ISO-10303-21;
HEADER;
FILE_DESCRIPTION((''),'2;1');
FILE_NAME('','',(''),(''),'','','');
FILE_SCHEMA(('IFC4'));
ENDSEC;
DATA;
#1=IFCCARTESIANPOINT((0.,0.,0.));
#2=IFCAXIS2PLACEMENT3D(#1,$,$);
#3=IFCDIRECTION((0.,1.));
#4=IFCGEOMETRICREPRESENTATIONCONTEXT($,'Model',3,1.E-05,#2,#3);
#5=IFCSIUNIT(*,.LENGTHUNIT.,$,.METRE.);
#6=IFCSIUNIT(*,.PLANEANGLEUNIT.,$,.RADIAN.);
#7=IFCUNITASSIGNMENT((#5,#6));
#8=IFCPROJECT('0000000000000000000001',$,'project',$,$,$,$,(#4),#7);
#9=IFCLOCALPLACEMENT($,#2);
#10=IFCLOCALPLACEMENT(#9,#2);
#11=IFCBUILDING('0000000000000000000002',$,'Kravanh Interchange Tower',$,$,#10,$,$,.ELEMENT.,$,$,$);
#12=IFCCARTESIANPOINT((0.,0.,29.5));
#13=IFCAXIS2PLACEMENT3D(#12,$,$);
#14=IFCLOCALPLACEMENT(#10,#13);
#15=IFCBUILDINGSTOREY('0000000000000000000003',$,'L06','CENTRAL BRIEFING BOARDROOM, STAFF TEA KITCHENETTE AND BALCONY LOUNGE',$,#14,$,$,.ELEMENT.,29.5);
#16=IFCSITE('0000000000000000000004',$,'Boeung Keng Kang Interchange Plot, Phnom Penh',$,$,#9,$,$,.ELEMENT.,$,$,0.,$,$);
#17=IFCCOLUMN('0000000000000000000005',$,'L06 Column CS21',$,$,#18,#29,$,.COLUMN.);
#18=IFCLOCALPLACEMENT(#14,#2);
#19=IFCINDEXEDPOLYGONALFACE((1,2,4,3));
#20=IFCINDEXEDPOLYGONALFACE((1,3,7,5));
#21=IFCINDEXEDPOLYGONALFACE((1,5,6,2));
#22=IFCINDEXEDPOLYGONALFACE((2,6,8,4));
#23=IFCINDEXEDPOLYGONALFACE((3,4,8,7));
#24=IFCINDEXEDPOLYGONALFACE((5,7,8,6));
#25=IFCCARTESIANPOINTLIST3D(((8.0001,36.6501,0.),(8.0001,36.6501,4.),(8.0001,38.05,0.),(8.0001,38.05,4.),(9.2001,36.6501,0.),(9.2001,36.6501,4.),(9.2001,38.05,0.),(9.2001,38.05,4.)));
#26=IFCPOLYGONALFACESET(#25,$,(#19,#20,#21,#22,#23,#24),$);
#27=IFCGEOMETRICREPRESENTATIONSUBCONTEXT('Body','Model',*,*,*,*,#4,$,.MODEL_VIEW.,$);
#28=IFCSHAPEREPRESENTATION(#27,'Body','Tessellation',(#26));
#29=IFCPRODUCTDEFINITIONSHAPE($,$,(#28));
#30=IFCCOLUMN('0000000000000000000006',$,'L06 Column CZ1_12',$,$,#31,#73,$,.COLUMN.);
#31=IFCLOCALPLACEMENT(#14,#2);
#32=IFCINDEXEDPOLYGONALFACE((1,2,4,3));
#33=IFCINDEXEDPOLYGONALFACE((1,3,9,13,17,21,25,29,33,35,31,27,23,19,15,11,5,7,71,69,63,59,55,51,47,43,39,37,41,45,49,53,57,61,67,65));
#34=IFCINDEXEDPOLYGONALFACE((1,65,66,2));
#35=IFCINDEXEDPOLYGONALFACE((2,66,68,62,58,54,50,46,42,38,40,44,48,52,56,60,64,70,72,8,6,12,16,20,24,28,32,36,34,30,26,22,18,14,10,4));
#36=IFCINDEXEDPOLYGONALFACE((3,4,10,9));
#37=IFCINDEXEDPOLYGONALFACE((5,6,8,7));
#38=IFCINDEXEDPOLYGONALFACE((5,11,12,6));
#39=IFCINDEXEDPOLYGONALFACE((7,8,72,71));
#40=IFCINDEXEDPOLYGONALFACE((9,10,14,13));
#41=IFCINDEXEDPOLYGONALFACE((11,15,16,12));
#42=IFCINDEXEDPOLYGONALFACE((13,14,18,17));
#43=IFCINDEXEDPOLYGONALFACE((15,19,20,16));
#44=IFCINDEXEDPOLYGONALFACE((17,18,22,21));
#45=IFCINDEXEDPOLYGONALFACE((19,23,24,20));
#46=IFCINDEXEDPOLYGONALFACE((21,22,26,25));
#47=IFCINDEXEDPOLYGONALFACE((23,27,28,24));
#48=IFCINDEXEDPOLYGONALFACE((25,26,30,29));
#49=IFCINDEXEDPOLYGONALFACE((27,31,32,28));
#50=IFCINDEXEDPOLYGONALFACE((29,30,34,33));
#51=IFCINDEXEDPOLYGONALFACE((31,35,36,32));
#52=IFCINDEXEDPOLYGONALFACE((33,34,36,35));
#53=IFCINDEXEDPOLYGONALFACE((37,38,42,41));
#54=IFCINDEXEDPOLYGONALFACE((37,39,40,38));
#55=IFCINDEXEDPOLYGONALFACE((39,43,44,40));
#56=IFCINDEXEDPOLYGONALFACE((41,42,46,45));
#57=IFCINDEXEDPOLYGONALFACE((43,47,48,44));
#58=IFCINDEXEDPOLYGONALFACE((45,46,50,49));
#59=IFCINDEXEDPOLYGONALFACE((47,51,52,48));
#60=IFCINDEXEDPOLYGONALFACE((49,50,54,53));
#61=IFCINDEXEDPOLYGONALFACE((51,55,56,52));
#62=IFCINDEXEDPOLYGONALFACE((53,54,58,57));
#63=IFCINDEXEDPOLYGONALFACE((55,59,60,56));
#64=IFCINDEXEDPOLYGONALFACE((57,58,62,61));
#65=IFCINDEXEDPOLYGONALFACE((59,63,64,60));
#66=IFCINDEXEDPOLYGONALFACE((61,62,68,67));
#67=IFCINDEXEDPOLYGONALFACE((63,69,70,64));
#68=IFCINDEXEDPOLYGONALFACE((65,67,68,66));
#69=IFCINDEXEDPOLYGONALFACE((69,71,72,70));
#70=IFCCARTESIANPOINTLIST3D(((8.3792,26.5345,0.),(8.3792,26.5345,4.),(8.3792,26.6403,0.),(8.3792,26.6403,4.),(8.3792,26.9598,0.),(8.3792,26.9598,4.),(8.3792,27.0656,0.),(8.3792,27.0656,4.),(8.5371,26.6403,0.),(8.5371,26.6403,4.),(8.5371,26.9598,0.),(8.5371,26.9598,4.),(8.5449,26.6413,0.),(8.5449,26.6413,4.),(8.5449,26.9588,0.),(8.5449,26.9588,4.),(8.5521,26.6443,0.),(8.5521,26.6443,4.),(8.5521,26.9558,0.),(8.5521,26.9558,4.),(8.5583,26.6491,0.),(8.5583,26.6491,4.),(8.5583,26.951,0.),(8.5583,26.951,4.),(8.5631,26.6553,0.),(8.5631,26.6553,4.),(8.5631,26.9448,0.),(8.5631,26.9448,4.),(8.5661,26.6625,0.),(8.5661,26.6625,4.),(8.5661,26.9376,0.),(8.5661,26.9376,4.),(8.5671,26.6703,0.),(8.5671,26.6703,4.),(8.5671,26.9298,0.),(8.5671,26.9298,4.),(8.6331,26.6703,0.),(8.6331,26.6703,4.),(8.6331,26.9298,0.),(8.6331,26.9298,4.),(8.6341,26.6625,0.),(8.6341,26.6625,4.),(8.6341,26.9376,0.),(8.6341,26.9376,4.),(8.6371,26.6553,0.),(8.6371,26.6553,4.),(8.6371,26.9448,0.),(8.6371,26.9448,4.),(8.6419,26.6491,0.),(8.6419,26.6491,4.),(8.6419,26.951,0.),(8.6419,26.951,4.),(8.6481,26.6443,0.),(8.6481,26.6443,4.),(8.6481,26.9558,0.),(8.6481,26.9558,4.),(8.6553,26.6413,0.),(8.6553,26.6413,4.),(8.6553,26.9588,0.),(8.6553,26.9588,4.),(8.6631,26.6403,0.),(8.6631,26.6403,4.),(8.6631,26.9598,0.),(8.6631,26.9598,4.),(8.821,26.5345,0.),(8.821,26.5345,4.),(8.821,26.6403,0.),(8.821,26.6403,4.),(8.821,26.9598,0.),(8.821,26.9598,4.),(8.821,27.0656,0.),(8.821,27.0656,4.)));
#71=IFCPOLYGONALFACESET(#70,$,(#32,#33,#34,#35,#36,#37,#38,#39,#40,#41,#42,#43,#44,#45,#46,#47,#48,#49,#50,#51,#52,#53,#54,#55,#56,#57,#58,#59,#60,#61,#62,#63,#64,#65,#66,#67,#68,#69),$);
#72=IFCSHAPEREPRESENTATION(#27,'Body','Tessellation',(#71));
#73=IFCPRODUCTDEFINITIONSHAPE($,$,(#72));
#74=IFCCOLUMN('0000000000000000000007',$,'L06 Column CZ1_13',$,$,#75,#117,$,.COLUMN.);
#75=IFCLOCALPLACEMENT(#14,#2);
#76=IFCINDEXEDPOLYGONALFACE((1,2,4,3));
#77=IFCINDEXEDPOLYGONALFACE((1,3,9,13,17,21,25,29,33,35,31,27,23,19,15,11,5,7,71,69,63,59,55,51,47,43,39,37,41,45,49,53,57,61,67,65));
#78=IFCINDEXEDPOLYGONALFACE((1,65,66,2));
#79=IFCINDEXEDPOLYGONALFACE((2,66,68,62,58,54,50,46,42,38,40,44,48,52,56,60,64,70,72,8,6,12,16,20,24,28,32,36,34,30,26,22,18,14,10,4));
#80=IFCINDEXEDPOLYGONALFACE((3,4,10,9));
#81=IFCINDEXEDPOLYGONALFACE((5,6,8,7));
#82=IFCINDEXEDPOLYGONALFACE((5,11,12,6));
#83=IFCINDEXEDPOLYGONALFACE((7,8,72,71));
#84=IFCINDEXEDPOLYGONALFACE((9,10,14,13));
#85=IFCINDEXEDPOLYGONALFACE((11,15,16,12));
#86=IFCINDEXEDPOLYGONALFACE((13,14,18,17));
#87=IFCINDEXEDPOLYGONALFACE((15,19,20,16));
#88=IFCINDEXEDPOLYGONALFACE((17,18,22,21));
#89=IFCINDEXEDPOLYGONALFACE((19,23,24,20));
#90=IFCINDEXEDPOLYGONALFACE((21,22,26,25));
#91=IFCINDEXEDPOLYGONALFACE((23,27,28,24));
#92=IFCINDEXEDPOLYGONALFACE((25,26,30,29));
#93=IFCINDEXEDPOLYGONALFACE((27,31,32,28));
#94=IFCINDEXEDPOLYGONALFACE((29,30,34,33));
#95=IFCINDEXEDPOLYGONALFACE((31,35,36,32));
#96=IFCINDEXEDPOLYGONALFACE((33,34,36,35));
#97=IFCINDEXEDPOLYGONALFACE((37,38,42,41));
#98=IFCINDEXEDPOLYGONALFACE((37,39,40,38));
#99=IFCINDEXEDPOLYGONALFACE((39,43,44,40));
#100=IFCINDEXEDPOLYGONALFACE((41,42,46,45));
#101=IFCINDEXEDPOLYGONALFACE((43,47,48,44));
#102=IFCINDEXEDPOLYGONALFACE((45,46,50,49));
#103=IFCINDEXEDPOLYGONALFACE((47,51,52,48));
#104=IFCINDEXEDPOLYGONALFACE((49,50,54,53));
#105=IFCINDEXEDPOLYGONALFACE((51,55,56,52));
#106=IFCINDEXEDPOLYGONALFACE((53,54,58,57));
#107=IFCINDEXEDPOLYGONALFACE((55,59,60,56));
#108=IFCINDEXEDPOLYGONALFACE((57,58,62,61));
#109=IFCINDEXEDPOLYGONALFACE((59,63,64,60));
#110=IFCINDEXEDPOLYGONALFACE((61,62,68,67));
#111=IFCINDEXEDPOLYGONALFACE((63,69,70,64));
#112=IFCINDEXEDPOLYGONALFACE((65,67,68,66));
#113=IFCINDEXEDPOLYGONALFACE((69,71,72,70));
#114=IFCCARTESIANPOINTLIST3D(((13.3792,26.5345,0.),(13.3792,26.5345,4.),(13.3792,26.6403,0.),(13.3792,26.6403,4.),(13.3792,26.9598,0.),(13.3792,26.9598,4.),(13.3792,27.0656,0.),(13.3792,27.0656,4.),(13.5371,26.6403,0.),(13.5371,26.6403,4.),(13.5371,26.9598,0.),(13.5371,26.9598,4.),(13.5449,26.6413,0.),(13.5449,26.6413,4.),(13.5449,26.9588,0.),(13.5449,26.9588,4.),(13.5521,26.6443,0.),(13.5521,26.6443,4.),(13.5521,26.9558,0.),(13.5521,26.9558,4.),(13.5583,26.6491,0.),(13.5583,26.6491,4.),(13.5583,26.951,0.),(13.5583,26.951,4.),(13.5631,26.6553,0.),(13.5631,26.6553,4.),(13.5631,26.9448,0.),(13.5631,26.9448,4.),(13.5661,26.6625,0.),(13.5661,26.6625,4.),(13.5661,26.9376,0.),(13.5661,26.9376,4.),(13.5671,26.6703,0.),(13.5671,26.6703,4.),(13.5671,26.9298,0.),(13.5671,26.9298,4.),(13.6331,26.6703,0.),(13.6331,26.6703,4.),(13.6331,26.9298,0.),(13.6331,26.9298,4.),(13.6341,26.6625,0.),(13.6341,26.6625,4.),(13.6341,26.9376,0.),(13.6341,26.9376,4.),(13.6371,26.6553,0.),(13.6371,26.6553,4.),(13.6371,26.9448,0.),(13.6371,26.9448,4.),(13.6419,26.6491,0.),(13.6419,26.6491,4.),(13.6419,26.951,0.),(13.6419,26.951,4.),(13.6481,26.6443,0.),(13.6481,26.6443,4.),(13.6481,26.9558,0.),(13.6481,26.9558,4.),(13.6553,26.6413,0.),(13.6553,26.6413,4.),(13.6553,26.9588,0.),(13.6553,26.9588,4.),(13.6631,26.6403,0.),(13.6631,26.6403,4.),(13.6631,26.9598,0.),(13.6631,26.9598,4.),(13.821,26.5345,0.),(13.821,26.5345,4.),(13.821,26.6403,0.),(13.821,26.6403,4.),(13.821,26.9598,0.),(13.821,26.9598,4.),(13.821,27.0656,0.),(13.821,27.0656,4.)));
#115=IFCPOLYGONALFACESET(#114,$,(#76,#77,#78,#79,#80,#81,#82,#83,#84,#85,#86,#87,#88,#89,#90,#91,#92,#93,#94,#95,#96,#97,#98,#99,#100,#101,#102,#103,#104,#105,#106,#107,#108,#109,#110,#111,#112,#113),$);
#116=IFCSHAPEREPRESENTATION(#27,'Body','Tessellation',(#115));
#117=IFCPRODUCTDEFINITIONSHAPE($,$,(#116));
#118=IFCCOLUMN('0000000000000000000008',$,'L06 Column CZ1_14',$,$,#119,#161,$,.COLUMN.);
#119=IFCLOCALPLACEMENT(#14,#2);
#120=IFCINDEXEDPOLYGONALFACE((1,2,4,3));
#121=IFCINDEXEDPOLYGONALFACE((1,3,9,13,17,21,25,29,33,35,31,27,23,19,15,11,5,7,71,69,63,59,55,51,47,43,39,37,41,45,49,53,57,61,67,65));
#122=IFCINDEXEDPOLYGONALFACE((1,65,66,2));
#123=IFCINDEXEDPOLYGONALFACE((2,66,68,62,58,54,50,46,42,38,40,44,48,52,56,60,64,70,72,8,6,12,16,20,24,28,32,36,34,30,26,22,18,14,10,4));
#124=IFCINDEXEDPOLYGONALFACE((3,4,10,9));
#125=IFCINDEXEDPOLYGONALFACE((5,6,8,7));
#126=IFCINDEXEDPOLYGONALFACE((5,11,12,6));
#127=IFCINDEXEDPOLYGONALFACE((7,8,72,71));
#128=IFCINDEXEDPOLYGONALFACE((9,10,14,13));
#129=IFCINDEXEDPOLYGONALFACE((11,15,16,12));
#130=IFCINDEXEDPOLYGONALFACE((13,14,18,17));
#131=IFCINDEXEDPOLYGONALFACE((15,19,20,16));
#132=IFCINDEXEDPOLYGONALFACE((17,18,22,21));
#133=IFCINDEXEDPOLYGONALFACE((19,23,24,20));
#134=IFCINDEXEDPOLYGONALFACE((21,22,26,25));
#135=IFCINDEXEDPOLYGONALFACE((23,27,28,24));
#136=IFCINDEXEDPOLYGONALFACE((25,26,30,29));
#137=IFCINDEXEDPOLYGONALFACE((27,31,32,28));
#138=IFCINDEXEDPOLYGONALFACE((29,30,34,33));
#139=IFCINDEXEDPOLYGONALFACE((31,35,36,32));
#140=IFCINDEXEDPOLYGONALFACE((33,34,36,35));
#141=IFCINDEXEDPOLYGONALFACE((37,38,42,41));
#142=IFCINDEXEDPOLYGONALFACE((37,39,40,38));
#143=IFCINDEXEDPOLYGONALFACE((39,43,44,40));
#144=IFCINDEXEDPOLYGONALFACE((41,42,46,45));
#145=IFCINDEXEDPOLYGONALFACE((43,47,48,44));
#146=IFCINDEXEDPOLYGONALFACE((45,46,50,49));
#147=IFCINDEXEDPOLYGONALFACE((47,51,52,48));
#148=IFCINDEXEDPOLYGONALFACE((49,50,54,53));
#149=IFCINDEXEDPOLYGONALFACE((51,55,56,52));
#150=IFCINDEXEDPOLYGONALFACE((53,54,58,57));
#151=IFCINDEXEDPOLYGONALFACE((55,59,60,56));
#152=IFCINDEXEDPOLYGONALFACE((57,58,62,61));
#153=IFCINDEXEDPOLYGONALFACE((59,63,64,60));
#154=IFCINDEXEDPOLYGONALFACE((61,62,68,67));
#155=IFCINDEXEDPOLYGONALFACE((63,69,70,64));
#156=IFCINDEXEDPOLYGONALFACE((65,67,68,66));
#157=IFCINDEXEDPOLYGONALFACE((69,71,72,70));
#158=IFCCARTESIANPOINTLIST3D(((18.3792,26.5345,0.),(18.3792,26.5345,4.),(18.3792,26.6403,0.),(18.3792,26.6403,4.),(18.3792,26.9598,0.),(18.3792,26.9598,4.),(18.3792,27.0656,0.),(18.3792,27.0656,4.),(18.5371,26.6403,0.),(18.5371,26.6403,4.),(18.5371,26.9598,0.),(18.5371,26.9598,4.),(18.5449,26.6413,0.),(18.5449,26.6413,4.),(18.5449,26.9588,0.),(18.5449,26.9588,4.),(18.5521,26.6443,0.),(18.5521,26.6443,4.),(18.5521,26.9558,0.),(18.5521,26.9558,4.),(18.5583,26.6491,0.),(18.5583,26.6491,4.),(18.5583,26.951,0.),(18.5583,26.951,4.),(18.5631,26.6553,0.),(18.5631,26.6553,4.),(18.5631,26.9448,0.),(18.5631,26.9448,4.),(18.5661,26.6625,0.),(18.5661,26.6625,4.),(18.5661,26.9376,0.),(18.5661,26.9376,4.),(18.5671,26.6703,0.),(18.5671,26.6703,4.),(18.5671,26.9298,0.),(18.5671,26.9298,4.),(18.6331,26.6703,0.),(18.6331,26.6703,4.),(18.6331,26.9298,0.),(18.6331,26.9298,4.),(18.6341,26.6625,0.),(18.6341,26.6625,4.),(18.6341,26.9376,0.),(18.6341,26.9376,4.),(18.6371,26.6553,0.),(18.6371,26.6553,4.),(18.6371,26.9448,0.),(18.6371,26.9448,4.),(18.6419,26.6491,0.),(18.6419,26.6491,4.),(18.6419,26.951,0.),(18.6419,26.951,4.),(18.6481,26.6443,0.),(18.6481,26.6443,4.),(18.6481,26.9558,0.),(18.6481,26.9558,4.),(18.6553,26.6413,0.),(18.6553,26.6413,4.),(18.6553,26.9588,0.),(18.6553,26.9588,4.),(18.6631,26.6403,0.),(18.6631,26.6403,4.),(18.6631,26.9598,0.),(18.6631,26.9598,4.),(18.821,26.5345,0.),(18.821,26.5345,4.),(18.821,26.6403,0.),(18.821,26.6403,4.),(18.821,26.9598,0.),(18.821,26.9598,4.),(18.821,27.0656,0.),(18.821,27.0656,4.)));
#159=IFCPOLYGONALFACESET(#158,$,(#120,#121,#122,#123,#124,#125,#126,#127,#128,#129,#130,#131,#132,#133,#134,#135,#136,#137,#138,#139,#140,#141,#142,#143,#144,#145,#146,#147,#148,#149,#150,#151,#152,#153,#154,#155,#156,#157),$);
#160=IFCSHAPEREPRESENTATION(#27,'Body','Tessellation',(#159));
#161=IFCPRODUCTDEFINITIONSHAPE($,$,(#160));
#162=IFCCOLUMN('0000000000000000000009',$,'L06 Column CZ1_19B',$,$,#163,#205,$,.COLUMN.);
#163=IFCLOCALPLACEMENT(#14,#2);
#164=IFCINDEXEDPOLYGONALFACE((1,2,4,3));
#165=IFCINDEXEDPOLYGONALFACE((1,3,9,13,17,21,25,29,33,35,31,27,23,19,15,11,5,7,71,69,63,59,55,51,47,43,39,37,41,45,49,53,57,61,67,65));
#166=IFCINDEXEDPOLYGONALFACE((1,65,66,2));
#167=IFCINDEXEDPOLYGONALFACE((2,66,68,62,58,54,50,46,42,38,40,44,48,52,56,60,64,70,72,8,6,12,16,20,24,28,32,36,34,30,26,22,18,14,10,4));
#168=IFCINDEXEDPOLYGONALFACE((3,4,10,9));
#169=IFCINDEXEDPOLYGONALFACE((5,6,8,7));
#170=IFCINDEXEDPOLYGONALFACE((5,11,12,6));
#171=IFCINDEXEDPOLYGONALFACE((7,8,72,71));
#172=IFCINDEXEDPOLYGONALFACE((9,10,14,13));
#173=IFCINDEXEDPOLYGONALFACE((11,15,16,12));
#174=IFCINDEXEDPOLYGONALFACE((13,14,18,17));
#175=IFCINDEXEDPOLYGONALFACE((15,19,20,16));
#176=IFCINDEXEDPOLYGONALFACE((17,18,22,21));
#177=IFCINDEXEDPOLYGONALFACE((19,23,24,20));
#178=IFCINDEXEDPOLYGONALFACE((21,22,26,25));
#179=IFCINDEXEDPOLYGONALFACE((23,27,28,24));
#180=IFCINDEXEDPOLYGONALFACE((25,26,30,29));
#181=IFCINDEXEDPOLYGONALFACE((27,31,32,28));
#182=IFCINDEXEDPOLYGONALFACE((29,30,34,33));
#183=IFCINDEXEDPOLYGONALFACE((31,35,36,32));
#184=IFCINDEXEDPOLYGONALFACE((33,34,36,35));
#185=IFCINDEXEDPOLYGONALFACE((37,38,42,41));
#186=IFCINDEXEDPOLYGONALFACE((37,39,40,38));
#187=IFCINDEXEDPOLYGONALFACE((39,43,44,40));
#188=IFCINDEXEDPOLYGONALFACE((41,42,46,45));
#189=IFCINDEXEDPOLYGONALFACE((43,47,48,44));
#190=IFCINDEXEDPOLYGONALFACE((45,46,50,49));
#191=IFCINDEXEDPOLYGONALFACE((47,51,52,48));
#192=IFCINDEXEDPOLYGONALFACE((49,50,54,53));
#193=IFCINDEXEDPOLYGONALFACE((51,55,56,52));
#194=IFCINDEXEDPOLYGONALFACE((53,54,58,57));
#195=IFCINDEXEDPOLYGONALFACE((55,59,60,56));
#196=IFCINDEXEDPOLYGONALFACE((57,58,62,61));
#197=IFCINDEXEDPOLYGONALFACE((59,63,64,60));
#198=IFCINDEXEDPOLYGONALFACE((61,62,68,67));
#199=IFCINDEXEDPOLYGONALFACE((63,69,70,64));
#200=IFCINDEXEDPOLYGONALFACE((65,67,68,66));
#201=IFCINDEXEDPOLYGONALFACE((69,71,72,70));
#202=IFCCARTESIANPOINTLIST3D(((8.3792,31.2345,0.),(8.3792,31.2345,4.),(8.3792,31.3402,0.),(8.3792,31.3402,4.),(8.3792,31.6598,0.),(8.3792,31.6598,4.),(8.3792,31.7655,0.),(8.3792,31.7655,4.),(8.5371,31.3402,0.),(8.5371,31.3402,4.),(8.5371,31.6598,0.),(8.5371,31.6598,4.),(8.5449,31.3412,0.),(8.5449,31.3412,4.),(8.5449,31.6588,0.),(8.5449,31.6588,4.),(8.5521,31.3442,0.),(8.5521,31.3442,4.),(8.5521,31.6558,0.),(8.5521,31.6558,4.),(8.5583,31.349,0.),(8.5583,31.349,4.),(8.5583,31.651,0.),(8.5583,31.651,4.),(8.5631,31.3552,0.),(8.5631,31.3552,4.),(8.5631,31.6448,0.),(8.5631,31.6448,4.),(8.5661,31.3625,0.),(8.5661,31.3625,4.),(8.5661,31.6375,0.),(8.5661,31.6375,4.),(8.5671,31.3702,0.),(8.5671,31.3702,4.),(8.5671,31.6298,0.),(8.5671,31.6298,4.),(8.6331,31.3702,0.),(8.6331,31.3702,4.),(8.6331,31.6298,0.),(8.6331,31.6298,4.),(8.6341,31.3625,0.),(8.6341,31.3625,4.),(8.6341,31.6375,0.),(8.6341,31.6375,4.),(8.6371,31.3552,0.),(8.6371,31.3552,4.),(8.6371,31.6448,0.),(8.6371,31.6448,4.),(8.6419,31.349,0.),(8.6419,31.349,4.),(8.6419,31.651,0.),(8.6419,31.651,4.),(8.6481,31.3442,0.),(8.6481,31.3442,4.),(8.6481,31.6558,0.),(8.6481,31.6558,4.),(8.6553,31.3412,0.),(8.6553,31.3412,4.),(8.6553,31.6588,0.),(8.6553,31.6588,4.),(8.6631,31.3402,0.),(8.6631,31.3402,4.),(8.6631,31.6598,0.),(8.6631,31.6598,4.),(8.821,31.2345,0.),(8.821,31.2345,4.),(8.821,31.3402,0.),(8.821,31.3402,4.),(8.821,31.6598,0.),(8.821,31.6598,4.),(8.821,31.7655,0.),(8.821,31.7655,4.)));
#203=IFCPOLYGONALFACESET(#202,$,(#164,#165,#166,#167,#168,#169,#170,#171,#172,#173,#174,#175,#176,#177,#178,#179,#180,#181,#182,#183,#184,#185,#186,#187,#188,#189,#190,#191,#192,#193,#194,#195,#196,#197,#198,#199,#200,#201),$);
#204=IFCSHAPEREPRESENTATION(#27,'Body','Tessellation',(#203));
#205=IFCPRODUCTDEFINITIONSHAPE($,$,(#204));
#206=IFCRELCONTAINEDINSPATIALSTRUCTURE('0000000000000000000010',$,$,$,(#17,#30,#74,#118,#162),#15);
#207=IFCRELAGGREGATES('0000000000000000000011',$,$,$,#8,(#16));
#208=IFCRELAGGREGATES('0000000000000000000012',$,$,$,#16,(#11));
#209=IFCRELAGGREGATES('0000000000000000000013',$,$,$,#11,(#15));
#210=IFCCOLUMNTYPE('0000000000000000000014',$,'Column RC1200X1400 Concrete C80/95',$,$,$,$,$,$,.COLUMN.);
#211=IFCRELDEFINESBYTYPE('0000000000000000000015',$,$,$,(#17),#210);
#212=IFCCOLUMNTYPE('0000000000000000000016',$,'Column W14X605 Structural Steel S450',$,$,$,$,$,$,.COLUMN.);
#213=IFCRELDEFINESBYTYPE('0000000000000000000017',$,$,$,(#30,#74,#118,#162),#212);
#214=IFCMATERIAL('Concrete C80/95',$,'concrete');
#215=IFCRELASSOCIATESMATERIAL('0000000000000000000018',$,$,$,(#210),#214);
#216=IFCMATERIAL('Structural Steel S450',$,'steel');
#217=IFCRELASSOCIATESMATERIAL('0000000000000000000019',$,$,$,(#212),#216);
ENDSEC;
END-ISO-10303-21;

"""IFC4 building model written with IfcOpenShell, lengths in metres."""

from ifc_helpers import new_model, si_unit, direction, frame, origin, origin_2d, place, context, subcontext, project, spatial, rectangle, i_section, extrude, material, material_profile, profile_set, type_object, element, save


model = new_model("IFC4")

# Units and contexts
model_context = context("Model", 3, precision=1e-05, world=origin(), true_north=direction((0.0, 1.0)))
body_context = subcontext(model_context, "Body", "Model", "MODEL_VIEW")
ifc_project = project(units=[si_unit("LENGTHUNIT", "METRE"), si_unit("PLANEANGLEUNIT", "RADIAN")], contexts=[model_context])

# Site, building, storey
site_placement = place(None, origin())
site = spatial("IfcSite", under=ifc_project, at=site_placement, Name="Boeung Keng Kang Interchange Plot, Phnom Penh", CompositionType="ELEMENT", RefElevation=0.0)
building_placement = place(site_placement, origin())
building = spatial("IfcBuilding", under=site, at=building_placement, Name="Kravanh Interchange Tower", CompositionType="ELEMENT")
storey_placement = place(building_placement, frame((0.0, 0.0, 29.5)))
storey = spatial("IfcBuildingStorey", under=building, at=storey_placement, Name="L06", Description="CENTRAL BRIEFING BOARDROOM, STAFF TEA KITCHENETTE AND BALCONY LOUNGE", CompositionType="ELEMENT", Elevation=29.5)

# Columns
ifc_material_1 = material(Name="Concrete C80/95", Category="concrete")
ifc_material_profile_1 = material_profile(ifc_material_1, rectangle(XDim=1.2, YDim=1.3999, at=origin_2d()), Name="RC1200X1400")
ifc_profile_set_1 = profile_set([ifc_material_profile_1], Name="Concrete C80/95")
column_type_1 = type_object("IfcColumnType", Name="Column RC1200X1400 Concrete C80/95", PredefinedType="COLUMN", material=ifc_profile_set_1)
column_placement = place(storey_placement, frame((8.6001, 37.3501, 0.0), z_axis=(0.0, 0.0, 1.0), x_axis=(1.0, 0.0, 0.0)))
element("IfcColumn", 1, at=column_placement, inside=storey, type_object=column_type_1, Name="L06 Column CS21", PredefinedType="COLUMN", context=body_context, shape_type="SweptSolid", body=[
    extrude(rectangle(XDim=1.2, YDim=1.3999, at=origin_2d()), origin(), (0.0, 0.0, 1.0), 4.0),
])
ifc_material_2 = material(Name="Structural Steel S450", Category="steel")
ifc_material_profile_2 = material_profile(ifc_material_2, i_section(OverallWidth=0.4419, OverallDepth=0.531, WebThickness=0.0659, FlangeThickness=0.1057, FilletRadius=0.03, at=origin_2d()), Name="W14X605")
ifc_profile_set_2 = profile_set([ifc_material_profile_2], Name="Structural Steel S450")
column_type_2 = type_object("IfcColumnType", Name="Column W14X605 Structural Steel S450", PredefinedType="COLUMN", material=ifc_profile_set_2)
for number, where, z_axis, x_axis, name in (
    (2, (8.6001, 26.8, 0.0), (0.0, 0.0, 1.0), (1.0, 0.0, 0.0), "L06 Column CZ1_12"),
    (3, (13.6001, 26.8, 0.0), (0.0, 0.0, 1.0), (1.0, 0.0, 0.0), "L06 Column CZ1_13"),
    (4, (18.6001, 26.8, 0.0), (0.0, 0.0, 1.0), (1.0, 0.0, 0.0), "L06 Column CZ1_14"),
    (5, (8.6001, 31.5, 0.0), (0.0, 0.0, 1.0), (1.0, 0.0, 0.0), "L06 Column CZ1_19B"),
):
    element("IfcColumn", number, at=place(storey_placement, frame(where, z_axis=z_axis, x_axis=x_axis)), inside=storey, type_object=column_type_2, Name=name, PredefinedType="COLUMN", context=body_context, shape_type="SweptSolid", body=[
        extrude(i_section(OverallWidth=0.4419, OverallDepth=0.531, WebThickness=0.0659, FlangeThickness=0.1057, FilletRadius=0.03, at=origin_2d()), origin(), (0.0, 0.0, 1.0), 4.0),
    ])

save(model, "model.ifc")
